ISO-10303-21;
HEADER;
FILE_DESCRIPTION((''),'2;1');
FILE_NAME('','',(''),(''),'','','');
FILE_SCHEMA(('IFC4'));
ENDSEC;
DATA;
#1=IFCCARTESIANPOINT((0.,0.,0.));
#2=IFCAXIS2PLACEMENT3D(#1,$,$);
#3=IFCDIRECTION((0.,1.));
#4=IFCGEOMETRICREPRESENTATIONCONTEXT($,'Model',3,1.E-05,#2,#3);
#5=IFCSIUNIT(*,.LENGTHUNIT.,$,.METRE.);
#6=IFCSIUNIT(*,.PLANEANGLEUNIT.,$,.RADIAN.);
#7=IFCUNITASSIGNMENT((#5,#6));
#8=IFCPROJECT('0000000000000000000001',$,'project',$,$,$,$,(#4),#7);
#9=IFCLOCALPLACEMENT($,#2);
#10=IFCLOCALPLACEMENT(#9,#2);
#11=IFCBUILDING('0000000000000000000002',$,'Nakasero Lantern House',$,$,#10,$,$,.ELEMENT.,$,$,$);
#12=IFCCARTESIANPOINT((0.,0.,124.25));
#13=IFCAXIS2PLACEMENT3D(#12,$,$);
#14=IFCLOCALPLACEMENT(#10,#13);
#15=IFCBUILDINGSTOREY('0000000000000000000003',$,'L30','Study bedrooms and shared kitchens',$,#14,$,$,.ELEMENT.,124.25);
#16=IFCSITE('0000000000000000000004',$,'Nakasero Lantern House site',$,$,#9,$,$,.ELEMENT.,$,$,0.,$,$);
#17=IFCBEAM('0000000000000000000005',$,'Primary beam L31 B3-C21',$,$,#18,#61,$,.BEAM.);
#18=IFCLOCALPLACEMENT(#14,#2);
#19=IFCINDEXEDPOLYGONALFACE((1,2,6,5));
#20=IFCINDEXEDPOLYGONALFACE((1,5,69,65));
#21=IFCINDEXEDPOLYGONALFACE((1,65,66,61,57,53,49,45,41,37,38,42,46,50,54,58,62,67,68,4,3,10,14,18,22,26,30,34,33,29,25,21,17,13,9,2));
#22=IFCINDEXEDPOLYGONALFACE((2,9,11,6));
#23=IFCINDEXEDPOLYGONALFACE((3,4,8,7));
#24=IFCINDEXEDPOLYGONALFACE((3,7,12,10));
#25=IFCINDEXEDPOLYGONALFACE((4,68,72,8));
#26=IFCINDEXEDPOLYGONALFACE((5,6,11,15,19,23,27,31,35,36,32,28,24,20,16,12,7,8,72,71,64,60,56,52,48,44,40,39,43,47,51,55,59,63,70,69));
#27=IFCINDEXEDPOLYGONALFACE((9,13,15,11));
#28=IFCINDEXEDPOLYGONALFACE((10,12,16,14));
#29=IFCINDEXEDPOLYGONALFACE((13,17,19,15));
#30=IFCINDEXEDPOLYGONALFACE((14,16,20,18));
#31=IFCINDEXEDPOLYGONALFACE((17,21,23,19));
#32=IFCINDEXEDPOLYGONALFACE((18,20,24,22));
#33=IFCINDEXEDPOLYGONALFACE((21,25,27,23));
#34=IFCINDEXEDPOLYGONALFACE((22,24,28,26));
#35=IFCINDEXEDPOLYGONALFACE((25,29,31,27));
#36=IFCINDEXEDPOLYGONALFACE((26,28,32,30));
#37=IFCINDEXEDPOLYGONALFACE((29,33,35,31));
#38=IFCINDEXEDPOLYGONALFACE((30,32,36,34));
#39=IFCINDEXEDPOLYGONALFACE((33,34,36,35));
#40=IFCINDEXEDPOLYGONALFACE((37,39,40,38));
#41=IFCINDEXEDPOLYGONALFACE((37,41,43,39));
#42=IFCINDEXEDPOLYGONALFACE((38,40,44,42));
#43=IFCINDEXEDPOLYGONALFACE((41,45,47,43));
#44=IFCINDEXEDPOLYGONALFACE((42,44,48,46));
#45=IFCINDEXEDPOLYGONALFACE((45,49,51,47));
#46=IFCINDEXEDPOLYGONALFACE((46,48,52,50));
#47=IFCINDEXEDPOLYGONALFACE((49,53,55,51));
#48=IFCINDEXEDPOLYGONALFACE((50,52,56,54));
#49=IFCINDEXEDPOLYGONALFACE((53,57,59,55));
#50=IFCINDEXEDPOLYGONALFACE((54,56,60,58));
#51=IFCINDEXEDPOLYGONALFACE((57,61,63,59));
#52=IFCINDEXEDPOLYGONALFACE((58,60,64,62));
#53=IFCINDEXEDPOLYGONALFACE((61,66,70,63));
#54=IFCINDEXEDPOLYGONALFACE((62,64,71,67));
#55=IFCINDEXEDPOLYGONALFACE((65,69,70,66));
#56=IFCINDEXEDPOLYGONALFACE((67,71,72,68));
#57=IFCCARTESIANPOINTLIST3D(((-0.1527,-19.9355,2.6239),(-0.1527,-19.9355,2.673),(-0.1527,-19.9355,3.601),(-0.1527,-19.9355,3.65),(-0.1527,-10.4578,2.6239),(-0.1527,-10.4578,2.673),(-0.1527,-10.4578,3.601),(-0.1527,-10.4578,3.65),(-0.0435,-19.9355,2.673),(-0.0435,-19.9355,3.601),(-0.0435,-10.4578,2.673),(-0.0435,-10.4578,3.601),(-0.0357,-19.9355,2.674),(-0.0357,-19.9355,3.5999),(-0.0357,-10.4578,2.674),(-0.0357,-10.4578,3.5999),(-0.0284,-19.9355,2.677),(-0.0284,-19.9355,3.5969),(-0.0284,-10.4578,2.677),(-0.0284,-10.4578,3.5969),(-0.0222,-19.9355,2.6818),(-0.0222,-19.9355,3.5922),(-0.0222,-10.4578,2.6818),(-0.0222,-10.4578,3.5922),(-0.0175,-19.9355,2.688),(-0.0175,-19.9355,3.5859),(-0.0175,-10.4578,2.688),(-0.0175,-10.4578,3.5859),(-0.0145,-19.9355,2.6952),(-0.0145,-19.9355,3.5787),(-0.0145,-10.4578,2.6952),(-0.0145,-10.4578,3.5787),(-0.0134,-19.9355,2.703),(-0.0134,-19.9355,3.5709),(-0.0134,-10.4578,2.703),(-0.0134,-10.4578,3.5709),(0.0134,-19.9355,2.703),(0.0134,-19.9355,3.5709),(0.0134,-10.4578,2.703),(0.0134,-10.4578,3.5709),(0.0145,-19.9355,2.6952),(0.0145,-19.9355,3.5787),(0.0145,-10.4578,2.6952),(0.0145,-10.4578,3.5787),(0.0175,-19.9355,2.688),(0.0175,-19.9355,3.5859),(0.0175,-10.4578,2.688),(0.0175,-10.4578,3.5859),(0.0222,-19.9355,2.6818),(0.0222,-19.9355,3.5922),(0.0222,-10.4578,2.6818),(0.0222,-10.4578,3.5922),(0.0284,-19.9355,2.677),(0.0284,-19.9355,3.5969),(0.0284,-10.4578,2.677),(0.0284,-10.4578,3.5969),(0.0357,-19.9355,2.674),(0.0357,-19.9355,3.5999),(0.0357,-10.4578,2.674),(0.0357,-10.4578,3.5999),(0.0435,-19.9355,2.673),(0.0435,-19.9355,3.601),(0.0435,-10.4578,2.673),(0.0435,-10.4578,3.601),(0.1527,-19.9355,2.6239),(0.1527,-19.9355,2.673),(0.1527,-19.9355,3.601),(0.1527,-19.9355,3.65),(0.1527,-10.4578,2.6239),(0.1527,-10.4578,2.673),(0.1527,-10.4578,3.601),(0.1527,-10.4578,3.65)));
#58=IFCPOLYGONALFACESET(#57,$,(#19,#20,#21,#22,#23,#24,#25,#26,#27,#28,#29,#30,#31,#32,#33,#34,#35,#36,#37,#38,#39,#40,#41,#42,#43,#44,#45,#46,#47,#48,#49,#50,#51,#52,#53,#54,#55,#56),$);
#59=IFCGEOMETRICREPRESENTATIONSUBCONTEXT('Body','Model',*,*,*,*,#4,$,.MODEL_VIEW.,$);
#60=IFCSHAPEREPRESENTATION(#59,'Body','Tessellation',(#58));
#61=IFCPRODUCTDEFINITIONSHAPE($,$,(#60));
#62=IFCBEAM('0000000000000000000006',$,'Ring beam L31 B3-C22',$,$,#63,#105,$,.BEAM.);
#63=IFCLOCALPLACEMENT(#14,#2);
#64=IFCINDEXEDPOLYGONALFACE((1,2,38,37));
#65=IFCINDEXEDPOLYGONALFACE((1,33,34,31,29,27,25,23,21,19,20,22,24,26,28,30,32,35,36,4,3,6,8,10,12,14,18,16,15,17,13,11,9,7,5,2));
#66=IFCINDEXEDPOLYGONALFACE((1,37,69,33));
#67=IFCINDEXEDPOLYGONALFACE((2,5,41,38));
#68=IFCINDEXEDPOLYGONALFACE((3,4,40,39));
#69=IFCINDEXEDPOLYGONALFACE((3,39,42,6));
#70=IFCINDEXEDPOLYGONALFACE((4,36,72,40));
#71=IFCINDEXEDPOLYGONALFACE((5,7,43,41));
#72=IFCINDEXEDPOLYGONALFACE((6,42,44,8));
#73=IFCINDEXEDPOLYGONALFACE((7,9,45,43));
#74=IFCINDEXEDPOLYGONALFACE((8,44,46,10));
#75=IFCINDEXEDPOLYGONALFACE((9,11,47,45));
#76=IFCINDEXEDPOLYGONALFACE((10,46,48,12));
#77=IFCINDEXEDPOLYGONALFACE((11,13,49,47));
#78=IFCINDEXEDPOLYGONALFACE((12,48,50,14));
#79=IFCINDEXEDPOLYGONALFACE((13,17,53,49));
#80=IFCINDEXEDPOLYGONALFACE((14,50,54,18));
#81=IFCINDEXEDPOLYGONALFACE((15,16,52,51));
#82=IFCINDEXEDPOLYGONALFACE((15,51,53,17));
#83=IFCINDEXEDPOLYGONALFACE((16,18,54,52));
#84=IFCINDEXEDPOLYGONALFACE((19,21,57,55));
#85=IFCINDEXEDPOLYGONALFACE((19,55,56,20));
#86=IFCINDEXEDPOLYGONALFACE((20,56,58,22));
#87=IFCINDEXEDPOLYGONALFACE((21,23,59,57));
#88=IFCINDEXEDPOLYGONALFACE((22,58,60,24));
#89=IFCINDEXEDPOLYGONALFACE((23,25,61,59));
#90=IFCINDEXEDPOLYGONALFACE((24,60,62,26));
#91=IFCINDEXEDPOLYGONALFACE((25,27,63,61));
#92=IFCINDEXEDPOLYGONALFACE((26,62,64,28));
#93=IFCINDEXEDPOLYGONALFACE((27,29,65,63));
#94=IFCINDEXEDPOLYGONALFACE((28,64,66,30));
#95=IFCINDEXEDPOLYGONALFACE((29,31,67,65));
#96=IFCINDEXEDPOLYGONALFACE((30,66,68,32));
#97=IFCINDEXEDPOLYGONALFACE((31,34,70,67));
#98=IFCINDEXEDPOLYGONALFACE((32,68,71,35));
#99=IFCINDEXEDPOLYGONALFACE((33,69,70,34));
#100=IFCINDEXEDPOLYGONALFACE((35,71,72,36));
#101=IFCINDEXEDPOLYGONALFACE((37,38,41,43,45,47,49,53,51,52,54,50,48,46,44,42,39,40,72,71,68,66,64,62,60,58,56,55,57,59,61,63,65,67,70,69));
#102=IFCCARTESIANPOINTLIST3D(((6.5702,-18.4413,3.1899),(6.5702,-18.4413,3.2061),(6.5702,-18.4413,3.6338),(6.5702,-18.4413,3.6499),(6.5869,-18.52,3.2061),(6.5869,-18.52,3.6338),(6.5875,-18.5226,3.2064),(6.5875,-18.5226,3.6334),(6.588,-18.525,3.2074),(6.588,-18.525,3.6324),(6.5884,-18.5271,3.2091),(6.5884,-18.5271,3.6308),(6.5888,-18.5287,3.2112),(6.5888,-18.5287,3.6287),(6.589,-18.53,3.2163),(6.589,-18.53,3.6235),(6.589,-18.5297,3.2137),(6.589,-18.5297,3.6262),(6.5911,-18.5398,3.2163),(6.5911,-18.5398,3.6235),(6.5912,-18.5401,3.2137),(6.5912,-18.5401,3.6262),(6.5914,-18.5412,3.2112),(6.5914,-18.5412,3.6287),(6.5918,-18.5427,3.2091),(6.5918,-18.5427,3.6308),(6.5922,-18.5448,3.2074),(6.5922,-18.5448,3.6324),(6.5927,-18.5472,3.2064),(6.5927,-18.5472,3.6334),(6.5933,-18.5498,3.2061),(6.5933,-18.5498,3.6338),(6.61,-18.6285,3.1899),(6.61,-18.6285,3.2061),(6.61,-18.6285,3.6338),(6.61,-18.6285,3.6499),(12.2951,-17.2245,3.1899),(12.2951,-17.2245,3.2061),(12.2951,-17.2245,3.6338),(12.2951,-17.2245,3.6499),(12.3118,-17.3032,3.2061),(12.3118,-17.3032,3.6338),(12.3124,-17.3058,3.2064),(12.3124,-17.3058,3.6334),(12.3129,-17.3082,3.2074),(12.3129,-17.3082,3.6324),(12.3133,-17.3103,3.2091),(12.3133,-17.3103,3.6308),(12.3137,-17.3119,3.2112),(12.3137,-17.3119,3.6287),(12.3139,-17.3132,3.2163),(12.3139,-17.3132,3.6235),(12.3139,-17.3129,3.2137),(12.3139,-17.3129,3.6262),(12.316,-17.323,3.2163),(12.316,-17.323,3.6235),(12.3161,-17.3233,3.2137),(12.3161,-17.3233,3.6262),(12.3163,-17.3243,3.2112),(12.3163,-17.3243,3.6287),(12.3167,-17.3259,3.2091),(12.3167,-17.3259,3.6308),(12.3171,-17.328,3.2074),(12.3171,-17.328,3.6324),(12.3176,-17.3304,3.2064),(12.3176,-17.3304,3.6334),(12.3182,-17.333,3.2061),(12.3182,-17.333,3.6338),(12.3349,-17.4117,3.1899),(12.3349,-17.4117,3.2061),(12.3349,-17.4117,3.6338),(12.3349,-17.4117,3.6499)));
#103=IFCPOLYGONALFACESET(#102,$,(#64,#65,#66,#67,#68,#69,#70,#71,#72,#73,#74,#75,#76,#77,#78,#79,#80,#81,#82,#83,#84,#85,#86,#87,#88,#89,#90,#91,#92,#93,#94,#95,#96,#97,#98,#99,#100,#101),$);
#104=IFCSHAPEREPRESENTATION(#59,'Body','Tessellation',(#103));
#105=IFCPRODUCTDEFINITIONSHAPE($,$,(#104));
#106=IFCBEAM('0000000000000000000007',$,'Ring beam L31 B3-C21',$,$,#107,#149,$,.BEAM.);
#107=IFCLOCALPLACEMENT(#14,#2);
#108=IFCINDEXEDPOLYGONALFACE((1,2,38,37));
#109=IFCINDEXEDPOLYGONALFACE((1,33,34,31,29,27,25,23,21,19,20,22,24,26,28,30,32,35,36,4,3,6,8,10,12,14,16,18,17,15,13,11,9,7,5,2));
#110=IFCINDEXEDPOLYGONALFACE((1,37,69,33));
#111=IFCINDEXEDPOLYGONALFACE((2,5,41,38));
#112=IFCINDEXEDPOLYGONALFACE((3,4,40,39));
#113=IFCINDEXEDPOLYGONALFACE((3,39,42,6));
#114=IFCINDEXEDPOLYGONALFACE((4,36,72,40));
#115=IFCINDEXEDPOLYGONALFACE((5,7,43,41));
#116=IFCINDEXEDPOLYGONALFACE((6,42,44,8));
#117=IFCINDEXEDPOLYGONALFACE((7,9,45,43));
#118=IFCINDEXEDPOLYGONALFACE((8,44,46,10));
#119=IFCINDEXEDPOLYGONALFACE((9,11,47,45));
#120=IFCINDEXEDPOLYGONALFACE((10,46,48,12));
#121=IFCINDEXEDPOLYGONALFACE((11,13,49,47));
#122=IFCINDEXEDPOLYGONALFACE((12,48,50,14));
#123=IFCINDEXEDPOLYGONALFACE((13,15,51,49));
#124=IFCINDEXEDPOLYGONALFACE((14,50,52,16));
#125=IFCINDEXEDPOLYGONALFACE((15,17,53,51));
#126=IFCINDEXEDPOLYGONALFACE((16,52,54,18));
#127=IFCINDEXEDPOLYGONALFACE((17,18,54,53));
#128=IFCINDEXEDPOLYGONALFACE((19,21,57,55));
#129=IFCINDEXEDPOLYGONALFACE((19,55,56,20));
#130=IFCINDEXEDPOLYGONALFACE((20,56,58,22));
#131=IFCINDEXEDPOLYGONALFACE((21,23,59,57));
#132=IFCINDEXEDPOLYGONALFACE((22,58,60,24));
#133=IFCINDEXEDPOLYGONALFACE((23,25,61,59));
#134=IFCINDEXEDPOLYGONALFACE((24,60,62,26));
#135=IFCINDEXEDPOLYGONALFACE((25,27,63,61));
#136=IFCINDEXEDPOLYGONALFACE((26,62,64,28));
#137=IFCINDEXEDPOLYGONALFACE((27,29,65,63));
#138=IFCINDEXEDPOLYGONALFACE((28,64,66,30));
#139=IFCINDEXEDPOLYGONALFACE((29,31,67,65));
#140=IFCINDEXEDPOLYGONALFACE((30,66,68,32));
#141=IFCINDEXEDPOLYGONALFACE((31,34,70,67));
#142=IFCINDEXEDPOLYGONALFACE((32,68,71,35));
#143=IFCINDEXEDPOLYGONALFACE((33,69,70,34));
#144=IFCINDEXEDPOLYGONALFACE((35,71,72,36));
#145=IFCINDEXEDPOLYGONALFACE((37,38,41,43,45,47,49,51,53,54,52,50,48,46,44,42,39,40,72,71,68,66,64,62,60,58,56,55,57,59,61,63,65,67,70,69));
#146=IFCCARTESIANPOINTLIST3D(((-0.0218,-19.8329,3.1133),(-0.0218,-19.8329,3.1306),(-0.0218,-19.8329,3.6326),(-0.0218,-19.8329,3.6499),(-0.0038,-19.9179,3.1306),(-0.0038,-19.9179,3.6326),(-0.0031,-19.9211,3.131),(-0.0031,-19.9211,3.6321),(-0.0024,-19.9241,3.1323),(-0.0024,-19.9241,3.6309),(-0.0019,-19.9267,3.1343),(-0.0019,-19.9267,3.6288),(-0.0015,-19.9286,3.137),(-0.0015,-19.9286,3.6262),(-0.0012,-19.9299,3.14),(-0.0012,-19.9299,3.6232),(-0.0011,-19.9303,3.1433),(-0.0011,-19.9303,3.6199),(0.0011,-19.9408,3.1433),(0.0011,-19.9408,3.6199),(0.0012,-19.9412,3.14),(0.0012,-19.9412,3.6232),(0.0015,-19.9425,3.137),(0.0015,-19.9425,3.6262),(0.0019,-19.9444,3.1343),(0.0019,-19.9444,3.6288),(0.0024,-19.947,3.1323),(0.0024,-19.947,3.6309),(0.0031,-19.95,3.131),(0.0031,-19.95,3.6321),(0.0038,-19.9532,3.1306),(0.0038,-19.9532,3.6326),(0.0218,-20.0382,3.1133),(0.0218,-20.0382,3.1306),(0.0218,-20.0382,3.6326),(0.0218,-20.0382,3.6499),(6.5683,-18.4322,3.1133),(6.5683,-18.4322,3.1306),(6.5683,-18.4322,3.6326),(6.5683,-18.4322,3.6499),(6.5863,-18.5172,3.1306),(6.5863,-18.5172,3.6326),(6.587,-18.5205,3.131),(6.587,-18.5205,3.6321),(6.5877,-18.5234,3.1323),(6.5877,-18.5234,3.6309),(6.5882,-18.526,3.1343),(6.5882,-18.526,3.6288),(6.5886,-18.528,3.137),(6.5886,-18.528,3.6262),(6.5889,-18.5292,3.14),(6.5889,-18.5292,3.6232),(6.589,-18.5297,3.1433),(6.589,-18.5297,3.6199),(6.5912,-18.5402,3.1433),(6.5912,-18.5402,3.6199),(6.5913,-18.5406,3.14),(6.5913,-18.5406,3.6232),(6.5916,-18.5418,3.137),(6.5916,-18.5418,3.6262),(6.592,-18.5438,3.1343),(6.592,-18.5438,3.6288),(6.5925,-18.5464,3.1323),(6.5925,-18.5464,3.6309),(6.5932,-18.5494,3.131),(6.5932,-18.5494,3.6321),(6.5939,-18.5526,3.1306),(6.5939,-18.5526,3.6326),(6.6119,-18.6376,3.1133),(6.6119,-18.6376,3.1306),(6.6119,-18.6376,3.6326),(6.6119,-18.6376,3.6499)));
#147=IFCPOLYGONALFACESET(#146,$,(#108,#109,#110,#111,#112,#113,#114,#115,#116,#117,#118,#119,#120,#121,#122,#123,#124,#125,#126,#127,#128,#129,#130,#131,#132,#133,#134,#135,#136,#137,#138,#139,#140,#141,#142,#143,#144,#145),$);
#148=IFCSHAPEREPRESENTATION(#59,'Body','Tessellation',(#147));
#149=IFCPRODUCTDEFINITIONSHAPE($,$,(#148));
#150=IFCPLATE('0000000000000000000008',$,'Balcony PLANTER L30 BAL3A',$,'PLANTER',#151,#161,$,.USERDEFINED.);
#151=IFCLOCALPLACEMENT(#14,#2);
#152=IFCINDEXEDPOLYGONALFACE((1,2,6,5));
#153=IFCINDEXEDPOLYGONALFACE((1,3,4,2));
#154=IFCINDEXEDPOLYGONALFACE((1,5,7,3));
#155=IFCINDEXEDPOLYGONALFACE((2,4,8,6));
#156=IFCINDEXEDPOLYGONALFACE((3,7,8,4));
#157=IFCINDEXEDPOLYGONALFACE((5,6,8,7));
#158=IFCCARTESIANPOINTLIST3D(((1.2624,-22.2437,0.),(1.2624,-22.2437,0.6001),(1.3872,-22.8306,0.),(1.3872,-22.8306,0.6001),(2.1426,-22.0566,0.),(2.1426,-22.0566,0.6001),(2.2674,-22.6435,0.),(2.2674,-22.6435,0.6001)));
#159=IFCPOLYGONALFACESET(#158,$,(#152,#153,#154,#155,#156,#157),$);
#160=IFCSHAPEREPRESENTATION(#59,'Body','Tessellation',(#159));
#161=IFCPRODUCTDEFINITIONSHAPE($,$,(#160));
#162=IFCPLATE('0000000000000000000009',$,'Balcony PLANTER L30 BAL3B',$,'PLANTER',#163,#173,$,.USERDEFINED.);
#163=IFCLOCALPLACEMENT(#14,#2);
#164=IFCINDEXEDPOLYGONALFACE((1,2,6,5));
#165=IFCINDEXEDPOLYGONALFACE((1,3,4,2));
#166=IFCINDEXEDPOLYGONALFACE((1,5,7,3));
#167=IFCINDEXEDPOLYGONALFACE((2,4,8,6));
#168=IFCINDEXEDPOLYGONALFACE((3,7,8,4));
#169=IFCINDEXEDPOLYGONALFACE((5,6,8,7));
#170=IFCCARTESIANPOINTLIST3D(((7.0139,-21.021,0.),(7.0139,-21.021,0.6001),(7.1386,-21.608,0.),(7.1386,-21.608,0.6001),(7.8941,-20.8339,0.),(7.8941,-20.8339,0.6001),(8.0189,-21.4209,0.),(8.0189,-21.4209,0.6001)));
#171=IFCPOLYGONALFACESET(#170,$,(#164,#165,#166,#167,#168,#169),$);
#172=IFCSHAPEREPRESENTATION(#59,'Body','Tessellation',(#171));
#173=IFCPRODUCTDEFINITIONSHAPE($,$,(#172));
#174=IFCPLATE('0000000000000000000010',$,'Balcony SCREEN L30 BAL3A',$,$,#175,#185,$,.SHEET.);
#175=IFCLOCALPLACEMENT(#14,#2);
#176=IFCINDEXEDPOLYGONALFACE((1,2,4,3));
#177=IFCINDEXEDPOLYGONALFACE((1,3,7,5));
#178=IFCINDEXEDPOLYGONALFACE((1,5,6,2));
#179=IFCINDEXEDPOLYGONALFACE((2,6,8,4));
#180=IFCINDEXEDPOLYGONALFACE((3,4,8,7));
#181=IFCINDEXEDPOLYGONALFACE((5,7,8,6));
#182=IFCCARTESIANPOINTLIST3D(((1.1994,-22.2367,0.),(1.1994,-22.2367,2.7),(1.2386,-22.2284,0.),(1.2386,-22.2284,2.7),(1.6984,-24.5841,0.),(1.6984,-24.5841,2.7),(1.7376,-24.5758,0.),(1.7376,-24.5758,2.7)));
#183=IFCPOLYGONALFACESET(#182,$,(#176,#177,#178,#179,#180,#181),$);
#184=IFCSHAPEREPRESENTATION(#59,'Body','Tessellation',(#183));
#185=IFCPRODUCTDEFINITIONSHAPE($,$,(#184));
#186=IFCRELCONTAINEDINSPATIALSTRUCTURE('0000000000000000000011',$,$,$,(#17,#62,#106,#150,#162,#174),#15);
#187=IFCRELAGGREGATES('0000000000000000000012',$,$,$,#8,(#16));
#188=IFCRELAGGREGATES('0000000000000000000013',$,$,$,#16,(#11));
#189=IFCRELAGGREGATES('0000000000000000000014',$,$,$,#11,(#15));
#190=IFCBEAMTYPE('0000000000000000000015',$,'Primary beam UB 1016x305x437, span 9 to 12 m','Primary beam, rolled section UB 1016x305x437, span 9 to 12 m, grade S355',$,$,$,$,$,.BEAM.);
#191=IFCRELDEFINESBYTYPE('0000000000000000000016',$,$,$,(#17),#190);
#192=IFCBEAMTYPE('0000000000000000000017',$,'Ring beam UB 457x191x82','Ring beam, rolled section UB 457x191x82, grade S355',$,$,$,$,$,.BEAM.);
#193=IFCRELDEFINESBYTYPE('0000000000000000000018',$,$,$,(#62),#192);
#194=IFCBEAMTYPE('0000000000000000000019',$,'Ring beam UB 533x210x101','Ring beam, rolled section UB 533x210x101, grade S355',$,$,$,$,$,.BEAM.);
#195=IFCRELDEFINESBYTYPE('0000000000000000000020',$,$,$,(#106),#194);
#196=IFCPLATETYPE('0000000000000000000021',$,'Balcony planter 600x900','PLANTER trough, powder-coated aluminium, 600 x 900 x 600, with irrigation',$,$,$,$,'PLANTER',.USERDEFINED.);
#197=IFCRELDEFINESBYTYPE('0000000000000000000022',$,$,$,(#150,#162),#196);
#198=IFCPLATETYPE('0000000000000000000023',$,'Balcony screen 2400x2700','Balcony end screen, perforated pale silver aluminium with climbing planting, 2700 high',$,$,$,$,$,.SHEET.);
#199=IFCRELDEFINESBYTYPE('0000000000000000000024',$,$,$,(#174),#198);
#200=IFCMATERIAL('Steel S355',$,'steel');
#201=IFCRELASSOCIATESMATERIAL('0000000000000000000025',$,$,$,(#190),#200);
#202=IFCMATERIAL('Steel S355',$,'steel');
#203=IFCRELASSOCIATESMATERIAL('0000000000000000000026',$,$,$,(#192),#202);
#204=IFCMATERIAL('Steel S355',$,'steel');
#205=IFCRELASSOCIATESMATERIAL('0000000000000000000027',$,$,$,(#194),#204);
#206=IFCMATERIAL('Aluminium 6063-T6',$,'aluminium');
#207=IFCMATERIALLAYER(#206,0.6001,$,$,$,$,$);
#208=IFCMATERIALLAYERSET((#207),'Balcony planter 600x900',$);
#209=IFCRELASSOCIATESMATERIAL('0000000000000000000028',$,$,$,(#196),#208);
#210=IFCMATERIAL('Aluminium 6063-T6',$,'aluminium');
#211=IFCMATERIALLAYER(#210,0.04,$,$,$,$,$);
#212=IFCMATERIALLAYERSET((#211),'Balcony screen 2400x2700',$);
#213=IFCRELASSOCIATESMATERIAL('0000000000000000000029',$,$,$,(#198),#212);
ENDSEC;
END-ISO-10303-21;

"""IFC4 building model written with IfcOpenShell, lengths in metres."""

from ifc_helpers import new_model, si_unit, direction, frame, origin, origin_2d, place, context, subcontext, project, spatial, rectangle, i_section, extrude, material, layer, layer_set, material_profile, profile_set, type_object, element, save


model = new_model("IFC4")

# Units and contexts
model_context = context("Model", 3, precision=1e-05, world=origin(), true_north=direction((0.0, 1.0)))
body_context = subcontext(model_context, "Body", "Model", "MODEL_VIEW")
ifc_project = project(units=[si_unit("LENGTHUNIT", "METRE"), si_unit("PLANEANGLEUNIT", "RADIAN")], contexts=[model_context])

# Site, building, storey
site_placement = place(None, origin())
site = spatial("IfcSite", under=ifc_project, at=site_placement, Name="Nakasero Lantern House site", CompositionType="ELEMENT", RefElevation=0.0)
building_placement = place(site_placement, origin())
building = spatial("IfcBuilding", under=site, at=building_placement, Name="Nakasero Lantern House", CompositionType="ELEMENT")
storey_placement = place(building_placement, frame((0.0, 0.0, 124.25)))
storey = spatial("IfcBuildingStorey", under=building, at=storey_placement, Name="L30", Description="Study bedrooms and shared kitchens", CompositionType="ELEMENT", Elevation=124.25)

# Beams
ifc_material_1 = material(Name="Steel S355", Category="steel")
ifc_material_profile_1 = material_profile(ifc_material_1, i_section(OverallWidth=0.3054, OverallDepth=1.0261, WebThickness=0.0269, FlangeThickness=0.0491, FilletRadius=0.03, at=origin_2d()), Name="UB 1016x305x437")
ifc_profile_set_1 = profile_set([ifc_material_profile_1], Name="Steel S355")
beam_type_1 = type_object("IfcBeamType", Name="Primary beam UB 1016x305x437, span 9 to 12 m", Description="Primary beam, rolled section UB 1016x305x437, span 9 to 12 m, grade S355", PredefinedType="BEAM", material=ifc_profile_set_1)
beam_1_placement = place(storey_placement, frame((0.0, -19.9355, 3.137), z_axis=(0.0, 1.0, 0.0), x_axis=(-1.0, 0.0, 0.0)))
element("IfcBeam", 1, at=beam_1_placement, inside=storey, type_object=beam_type_1, Name="Primary beam L31 B3-C21", PredefinedType="BEAM", context=body_context, shape_type="SweptSolid", body=[
    extrude(i_section(OverallWidth=0.3054, OverallDepth=1.0261, WebThickness=0.0269, FlangeThickness=0.0491, FilletRadius=0.03, at=origin_2d()), origin(), (0.0, 0.0, 1.0), 9.4778),
])
ifc_material_2 = material(Name="Steel S355", Category="steel")
ifc_material_profile_2 = material_profile(ifc_material_2, i_section(OverallWidth=0.1914, OverallDepth=0.46, WebThickness=0.01, FlangeThickness=0.0161, FilletRadius=0.0103, at=origin_2d()), Name="UB 457x191x82")
ifc_profile_set_2 = profile_set([ifc_material_profile_2], Name="Steel S355")
beam_type_2 = type_object("IfcBeamType", Name="Ring beam UB 457x191x82", Description="Ring beam, rolled section UB 457x191x82, grade S355", PredefinedType="BEAM", material=ifc_profile_set_2)
beam_2_placement = place(storey_placement, frame((6.5901, -18.5349, 3.4199), z_axis=(0.97815, 0.207902, 0.0), x_axis=(-0.207902, 0.97815, 0.0)))
element("IfcBeam", 2, at=beam_2_placement, inside=storey, type_object=beam_type_2, Name="Ring beam L31 B3-C22", PredefinedType="BEAM", context=body_context, shape_type="SweptSolid", body=[
    extrude(i_section(OverallWidth=0.1914, OverallDepth=0.46, WebThickness=0.01, FlangeThickness=0.0161, FilletRadius=0.0103, at=origin_2d()), origin(), (0.0, 0.0, 1.0), 5.8528),
])
ifc_material_3 = material(Name="Steel S355", Category="steel")
ifc_material_profile_3 = material_profile(ifc_material_3, i_section(OverallWidth=0.21, OverallDepth=0.5366, WebThickness=0.0107, FlangeThickness=0.0173, FilletRadius=0.0127, at=origin_2d()), Name="UB 533x210x101")
ifc_profile_set_3 = profile_set([ifc_material_profile_3], Name="Steel S355")
beam_type_3 = type_object("IfcBeamType", Name="Ring beam UB 533x210x101", Description="Ring beam, rolled section UB 533x210x101, grade S355", PredefinedType="BEAM", material=ifc_profile_set_3)
beam_3_placement = place(storey_placement, frame((0.0, -19.9355, 3.3816), z_axis=(0.978152, 0.207893, 0.0), x_axis=(-0.207893, 0.978152, 0.0)))
element("IfcBeam", 3, at=beam_3_placement, inside=storey, type_object=beam_type_3, Name="Ring beam L31 B3-C21", PredefinedType="BEAM", context=body_context, shape_type="SweptSolid", body=[
    extrude(i_section(OverallWidth=0.21, OverallDepth=0.5366, WebThickness=0.0107, FlangeThickness=0.0173, FilletRadius=0.0127, at=origin_2d()), origin(), (0.0, 0.0, 1.0), 6.7373),
])

# Plates
ifc_material_4 = material(Name="Aluminium 6063-T6", Category="aluminium")
ifc_layer_1 = layer(ifc_material_4, 0.6001)
ifc_layer_set_1 = layer_set([ifc_layer_1], Name="Balcony planter 600x900")
plate_type_1 = type_object("IfcPlateType", Name="Balcony planter 600x900", Description="PLANTER trough, powder-coated aluminium, 600 x 900 x 600, with irrigation", ElementType="PLANTER", PredefinedType="USERDEFINED", material=ifc_layer_set_1)
for number, where, z_axis, x_axis, name in (
    (4, (1.7649, -22.4436, 0.0), (0.0, 0.0, 1.0), (0.207912, -0.978148, 0.0), "Balcony PLANTER L30 BAL3A"),
    (5, (7.5164, -21.2209, 0.0), (0.0, 0.0, 1.0), (0.207912, -0.978148, 0.0), "Balcony PLANTER L30 BAL3B"),
):
    element("IfcPlate", number, at=place(storey_placement, frame(where, z_axis=z_axis, x_axis=x_axis)), inside=storey, type_object=plate_type_1, Name=name, ObjectType="PLANTER", PredefinedType="USERDEFINED", context=body_context, shape_type="SweptSolid", body=[
        extrude(rectangle(XDim=0.6001, YDim=0.8999, at=origin_2d()), origin(), (0.0, 0.0, 1.0), 0.6001),
    ])
ifc_material_5 = material(Name="Aluminium 6063-T6", Category="aluminium")
ifc_layer_2 = layer(ifc_material_5, 0.04)
ifc_layer_set_2 = layer_set([ifc_layer_2], Name="Balcony screen 2400x2700")
plate_type_2 = type_object("IfcPlateType", Name="Balcony screen 2400x2700", Description="Balcony end screen, perforated pale silver aluminium with climbing planting, 2700 high", PredefinedType="SHEET", material=ifc_layer_set_2)
for number, where, z_axis, x_axis, name in (
    (6, (1.4685, -23.4062, 0.0), (0.0, 0.0, 1.0), (0.207912, -0.978148, 0.0), "Balcony SCREEN L30 BAL3A"),
):
    element("IfcPlate", number, at=place(storey_placement, frame(where, z_axis=z_axis, x_axis=x_axis)), inside=storey, type_object=plate_type_2, Name=name, PredefinedType="SHEET", context=body_context, shape_type="SweptSolid", body=[
        extrude(rectangle(XDim=2.3999, YDim=0.04, at=origin_2d()), origin(), (0.0, 0.0, 1.0), 2.7),
    ])

save(model, "model.ifc")
